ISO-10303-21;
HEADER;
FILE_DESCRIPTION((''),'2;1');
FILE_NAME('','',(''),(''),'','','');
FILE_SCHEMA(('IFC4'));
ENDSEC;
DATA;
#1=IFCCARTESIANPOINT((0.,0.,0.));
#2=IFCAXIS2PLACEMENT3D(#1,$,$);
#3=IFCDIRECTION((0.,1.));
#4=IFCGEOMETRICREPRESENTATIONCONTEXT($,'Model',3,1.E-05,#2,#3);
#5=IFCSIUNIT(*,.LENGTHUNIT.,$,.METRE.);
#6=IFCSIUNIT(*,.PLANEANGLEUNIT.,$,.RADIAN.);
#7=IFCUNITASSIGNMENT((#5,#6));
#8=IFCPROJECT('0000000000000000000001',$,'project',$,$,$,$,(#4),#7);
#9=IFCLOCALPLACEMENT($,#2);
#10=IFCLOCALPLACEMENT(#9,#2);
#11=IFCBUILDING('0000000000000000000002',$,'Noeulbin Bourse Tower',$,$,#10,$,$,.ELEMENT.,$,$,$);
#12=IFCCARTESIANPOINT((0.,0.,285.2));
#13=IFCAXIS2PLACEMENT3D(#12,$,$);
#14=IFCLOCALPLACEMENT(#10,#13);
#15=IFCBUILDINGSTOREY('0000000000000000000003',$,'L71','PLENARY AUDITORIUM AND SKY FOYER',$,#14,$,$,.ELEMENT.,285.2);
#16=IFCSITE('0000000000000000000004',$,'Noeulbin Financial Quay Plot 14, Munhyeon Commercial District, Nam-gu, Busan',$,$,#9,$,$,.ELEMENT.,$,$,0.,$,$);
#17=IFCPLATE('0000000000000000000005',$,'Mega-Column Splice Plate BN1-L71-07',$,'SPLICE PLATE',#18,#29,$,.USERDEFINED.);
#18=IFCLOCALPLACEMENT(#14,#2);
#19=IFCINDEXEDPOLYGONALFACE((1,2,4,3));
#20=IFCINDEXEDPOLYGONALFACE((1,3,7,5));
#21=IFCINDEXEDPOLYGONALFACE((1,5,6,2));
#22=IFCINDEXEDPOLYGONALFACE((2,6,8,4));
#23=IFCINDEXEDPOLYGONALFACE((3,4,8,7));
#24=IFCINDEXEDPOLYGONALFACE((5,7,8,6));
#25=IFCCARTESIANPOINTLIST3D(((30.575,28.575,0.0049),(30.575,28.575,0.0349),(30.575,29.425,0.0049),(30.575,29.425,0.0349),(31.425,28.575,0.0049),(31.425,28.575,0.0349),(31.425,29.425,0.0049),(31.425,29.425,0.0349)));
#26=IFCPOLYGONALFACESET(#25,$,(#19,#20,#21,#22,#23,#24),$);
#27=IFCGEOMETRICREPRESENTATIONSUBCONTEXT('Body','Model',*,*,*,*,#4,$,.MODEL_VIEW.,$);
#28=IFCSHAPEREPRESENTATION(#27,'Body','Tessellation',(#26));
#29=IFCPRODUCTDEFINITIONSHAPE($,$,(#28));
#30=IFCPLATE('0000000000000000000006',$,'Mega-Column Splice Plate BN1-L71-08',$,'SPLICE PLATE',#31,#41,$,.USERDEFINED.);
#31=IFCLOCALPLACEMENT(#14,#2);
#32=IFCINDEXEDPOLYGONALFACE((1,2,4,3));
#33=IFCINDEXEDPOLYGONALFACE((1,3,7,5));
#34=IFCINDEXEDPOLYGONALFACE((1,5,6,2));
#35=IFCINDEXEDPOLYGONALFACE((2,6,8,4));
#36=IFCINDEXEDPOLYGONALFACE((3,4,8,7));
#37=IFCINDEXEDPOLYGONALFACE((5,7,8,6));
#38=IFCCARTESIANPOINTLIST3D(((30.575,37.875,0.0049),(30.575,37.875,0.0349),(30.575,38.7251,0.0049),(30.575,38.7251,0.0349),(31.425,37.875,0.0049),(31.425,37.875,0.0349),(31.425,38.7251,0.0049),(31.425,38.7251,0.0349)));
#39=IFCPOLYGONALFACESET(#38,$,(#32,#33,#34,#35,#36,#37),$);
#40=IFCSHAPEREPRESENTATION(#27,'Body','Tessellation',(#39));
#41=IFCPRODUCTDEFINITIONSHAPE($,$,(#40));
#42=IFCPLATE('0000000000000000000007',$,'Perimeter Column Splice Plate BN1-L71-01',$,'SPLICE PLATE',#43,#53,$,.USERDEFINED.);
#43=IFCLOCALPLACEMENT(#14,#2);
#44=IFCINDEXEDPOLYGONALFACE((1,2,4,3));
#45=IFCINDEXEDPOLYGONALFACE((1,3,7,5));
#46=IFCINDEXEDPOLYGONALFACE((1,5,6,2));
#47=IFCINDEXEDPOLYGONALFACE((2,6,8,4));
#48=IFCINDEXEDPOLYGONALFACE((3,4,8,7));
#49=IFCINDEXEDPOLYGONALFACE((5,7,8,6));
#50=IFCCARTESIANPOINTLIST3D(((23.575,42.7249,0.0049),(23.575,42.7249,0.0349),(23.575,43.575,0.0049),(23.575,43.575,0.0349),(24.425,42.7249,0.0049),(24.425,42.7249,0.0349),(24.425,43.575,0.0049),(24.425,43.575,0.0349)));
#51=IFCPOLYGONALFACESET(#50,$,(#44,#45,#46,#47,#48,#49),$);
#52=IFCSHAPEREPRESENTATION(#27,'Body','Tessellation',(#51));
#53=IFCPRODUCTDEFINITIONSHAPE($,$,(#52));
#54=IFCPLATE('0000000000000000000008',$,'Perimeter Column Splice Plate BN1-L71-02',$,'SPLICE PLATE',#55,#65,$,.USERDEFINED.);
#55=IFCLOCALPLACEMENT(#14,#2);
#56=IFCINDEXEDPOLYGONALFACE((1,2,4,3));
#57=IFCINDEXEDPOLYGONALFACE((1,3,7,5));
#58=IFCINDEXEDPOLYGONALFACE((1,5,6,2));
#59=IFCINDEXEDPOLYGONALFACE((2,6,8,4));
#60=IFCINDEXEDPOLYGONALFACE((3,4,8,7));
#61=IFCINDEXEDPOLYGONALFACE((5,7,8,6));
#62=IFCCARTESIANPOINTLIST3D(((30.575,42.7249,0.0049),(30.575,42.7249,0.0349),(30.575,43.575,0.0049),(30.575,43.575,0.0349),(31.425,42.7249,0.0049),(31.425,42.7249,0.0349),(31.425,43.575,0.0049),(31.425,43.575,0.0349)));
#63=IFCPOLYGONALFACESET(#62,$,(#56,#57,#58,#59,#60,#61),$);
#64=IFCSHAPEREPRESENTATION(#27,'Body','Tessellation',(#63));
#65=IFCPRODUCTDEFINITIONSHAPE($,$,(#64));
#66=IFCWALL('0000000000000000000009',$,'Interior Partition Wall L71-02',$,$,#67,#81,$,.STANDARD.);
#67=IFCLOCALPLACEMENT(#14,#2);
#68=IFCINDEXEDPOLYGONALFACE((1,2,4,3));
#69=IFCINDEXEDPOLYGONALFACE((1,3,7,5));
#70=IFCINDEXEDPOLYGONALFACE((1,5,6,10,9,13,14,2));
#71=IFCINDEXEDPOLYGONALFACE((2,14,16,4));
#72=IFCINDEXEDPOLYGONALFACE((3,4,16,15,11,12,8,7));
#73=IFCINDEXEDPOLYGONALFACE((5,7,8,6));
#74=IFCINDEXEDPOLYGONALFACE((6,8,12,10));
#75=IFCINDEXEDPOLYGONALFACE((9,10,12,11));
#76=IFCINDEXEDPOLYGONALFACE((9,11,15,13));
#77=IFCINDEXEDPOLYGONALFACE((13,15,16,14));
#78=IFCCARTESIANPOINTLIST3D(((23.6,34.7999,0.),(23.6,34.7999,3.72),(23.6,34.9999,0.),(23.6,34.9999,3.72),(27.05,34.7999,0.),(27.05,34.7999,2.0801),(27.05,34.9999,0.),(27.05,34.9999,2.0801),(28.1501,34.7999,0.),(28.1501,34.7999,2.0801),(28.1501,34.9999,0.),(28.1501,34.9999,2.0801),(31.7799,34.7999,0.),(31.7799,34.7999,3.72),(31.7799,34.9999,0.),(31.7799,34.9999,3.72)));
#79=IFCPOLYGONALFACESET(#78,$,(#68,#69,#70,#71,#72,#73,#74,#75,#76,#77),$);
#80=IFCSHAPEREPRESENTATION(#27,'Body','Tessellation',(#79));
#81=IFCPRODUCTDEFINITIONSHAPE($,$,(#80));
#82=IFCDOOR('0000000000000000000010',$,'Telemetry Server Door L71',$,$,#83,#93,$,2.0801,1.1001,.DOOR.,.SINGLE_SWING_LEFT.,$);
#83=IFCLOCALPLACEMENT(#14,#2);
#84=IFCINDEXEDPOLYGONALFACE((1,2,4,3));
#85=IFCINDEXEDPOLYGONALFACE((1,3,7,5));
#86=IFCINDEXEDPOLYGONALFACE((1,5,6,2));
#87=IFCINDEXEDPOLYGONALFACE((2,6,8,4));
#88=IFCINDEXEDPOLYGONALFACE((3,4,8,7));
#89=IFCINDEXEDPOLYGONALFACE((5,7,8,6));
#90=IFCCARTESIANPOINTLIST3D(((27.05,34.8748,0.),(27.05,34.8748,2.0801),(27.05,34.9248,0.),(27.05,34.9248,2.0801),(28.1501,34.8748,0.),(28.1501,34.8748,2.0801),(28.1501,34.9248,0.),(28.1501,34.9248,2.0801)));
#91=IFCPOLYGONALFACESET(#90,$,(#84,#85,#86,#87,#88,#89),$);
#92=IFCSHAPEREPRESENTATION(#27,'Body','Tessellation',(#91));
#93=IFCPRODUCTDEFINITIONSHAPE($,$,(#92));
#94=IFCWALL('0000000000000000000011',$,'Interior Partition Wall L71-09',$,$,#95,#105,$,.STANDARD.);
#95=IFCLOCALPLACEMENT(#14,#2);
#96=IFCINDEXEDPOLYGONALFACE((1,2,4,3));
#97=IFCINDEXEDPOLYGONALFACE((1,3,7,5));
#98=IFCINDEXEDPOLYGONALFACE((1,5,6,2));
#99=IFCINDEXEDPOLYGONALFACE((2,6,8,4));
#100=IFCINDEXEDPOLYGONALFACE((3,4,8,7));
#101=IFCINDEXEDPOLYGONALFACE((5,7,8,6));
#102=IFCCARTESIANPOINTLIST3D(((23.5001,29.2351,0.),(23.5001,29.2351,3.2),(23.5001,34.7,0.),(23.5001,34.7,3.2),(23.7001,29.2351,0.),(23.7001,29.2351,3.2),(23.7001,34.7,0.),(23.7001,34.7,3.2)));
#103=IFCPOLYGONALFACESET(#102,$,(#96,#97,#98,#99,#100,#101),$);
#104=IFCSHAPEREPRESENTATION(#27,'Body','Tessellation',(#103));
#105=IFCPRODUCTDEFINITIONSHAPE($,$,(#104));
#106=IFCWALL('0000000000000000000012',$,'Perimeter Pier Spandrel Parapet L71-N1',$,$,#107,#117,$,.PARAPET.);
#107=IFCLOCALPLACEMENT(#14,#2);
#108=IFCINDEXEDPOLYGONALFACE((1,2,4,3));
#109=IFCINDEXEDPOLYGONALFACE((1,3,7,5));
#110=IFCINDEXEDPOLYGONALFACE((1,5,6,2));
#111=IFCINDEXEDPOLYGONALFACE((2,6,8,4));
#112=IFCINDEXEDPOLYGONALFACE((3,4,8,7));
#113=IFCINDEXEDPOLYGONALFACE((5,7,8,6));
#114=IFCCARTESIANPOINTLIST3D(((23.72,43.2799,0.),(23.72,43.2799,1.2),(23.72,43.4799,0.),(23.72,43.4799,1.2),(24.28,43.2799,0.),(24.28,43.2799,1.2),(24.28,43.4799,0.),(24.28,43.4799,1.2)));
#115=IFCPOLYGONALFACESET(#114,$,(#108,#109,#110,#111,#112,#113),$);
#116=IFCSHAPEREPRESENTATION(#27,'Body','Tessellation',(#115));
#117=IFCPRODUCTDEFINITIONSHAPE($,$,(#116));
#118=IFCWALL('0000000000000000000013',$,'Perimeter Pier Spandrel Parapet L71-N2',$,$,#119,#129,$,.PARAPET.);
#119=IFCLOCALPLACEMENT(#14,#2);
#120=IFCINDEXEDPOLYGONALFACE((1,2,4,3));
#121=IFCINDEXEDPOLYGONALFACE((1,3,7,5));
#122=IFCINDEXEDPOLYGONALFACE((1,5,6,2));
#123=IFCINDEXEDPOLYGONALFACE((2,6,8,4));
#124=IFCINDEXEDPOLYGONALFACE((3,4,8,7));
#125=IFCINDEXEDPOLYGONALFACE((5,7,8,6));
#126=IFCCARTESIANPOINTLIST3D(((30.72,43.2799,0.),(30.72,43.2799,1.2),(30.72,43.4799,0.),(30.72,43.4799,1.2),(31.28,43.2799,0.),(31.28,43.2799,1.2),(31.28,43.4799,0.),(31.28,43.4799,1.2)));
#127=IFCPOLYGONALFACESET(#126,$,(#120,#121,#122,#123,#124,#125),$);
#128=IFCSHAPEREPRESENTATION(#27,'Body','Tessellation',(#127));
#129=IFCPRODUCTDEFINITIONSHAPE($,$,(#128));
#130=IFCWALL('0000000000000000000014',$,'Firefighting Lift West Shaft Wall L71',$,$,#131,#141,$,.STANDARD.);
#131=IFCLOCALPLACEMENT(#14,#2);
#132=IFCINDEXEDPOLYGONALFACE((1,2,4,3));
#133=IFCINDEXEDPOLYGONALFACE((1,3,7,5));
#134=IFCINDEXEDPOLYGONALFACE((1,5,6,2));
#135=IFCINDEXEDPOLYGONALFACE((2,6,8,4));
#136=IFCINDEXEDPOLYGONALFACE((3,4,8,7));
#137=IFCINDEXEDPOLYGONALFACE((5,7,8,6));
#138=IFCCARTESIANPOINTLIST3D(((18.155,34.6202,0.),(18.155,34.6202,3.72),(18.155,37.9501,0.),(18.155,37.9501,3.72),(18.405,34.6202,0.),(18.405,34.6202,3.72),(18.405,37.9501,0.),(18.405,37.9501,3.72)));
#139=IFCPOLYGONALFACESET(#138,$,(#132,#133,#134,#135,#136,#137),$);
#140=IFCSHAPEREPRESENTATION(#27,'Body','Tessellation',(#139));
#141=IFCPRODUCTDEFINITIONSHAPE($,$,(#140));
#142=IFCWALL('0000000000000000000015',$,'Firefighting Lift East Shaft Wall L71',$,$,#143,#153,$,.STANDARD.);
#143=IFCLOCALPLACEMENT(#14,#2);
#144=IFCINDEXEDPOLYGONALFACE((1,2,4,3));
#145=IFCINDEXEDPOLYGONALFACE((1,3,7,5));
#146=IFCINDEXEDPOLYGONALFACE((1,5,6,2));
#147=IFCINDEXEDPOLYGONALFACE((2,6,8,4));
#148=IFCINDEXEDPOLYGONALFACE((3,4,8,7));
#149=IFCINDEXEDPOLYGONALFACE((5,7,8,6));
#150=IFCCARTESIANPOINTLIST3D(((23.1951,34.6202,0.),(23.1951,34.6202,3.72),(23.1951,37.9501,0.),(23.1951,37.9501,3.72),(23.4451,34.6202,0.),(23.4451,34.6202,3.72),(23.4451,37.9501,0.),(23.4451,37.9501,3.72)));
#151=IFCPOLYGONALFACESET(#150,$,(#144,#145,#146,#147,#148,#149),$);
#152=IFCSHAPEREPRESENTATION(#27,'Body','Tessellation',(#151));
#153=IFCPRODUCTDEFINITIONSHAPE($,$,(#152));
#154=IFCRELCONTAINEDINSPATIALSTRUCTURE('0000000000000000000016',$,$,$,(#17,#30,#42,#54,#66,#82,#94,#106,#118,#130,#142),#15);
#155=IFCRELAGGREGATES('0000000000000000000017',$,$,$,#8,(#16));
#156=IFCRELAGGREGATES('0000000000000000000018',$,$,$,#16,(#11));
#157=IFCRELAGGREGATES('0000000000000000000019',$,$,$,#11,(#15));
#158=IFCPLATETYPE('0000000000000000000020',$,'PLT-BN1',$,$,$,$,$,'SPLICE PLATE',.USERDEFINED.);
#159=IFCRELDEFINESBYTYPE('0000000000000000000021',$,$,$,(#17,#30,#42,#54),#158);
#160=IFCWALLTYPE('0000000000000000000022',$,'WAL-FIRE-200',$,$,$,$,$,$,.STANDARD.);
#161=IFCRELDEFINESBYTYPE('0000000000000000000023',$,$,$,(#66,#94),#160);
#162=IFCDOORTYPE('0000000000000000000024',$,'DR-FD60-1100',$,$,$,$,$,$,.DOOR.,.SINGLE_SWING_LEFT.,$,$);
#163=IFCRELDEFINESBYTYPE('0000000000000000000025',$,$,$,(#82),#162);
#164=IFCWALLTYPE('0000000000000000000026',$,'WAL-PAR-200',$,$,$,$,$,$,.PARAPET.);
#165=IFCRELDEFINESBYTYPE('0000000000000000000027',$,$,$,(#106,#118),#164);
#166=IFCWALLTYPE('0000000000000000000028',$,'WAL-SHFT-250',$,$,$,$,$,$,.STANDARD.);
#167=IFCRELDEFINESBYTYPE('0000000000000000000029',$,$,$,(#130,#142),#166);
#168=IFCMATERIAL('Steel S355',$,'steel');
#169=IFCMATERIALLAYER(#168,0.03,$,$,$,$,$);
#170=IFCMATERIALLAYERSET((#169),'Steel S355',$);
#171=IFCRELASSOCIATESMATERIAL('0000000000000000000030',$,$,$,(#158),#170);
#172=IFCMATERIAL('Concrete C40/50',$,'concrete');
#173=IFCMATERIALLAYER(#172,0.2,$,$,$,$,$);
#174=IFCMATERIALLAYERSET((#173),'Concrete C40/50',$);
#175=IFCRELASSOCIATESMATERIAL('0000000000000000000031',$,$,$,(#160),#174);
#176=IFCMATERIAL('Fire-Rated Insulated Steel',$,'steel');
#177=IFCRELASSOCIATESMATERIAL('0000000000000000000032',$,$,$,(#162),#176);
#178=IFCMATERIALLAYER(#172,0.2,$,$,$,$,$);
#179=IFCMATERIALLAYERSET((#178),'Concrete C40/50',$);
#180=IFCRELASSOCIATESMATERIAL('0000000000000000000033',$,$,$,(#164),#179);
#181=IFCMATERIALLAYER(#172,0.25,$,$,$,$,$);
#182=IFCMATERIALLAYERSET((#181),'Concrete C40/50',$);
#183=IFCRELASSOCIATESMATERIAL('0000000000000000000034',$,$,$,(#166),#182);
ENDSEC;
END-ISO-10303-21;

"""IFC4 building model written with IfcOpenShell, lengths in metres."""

from ifc_helpers import new_model, si_unit, direction, frame, frame_2d, origin, origin_2d, place, context, subcontext, project, spatial, rectangle, extrude, material, layer, layer_set, type_object, element, fill, save


model = new_model("IFC4")

# Units and contexts
model_context = context("Model", 3, precision=1e-05, world=origin(), true_north=direction((0.0, 1.0)))
body_context = subcontext(model_context, "Body", "Model", "MODEL_VIEW")
ifc_project = project(units=[si_unit("LENGTHUNIT", "METRE"), si_unit("PLANEANGLEUNIT", "RADIAN")], contexts=[model_context])

# Site, building, storey
site_placement = place(None, origin())
site = spatial("IfcSite", under=ifc_project, at=site_placement, Name="Noeulbin Financial Quay Plot 14, Munhyeon Commercial District, Nam-gu, Busan", CompositionType="ELEMENT", RefElevation=0.0)
building_placement = place(site_placement, origin())
building = spatial("IfcBuilding", under=site, at=building_placement, Name="Noeulbin Bourse Tower", CompositionType="ELEMENT")
storey_placement = place(building_placement, frame((0.0, 0.0, 285.2)))
storey = spatial("IfcBuildingStorey", under=building, at=storey_placement, Name="L71", Description="PLENARY AUDITORIUM AND SKY FOYER", CompositionType="ELEMENT", Elevation=285.2)

# Shared definitions
ifc_material_1 = material(Name="Steel S355", Category="steel")

# Plates
ifc_layer_1 = layer(ifc_material_1, 0.03)
ifc_layer_set_1 = layer_set([ifc_layer_1], Name="Steel S355")
plate_type_1 = type_object("IfcPlateType", Name="PLT-BN1", ElementType="SPLICE PLATE", PredefinedType="USERDEFINED", material=ifc_layer_set_1)
for number, where, z_axis, x_axis, name in (
    (1, (31.0, 29.0, 0.0049), (0.0, 0.0, 1.0), (1.0, 0.0, 0.0), "Mega-Column Splice Plate BN1-L71-07"),
    (2, (31.0, 38.3, 0.0049), (0.0, 0.0, 1.0), (1.0, 0.0, 0.0), "Mega-Column Splice Plate BN1-L71-08"),
    (3, (24.0, 43.1499, 0.0049), (0.0, 0.0, 1.0), (1.0, 0.0, 0.0), "Perimeter Column Splice Plate BN1-L71-01"),
    (4, (31.0, 43.1499, 0.0049), (0.0, 0.0, 1.0), (1.0, 0.0, 0.0), "Perimeter Column Splice Plate BN1-L71-02"),
):
    element("IfcPlate", number, at=place(storey_placement, frame(where, z_axis=z_axis, x_axis=x_axis)), inside=storey, type_object=plate_type_1, Name=name, ObjectType="SPLICE PLATE", PredefinedType="USERDEFINED", context=body_context, shape_type="SweptSolid", body=[
        extrude(rectangle(XDim=0.8501, YDim=0.8501, at=origin_2d()), origin(), (0.0, 0.0, 1.0), 0.03),
    ])

# Wall, opening, door
ifc_material_2 = material(Name="Concrete C40/50", Category="concrete")
ifc_layer_2 = layer(ifc_material_2, 0.2)
ifc_layer_set_2 = layer_set([ifc_layer_2], Name="Concrete C40/50")
wall_type_1 = type_object("IfcWallType", Name="WAL-FIRE-200", PredefinedType="STANDARD", material=ifc_layer_set_2)
wall_1_placement = place(storey_placement, frame((23.6001, 34.8999, 0.0), z_axis=(0.0, 0.0, 1.0), x_axis=(1.0, 0.0, 0.0)))
wall_1 = element("IfcWall", 5, at=wall_1_placement, inside=storey, type_object=wall_type_1, Name="Interior Partition Wall L71-02", PredefinedType="STANDARD", context=body_context, shape_type="SweptSolid", body=[
    extrude(rectangle(XDim=8.1799, YDim=0.2, at=frame_2d((4.0898, 0.0))), origin(), (0.0, 0.0, 1.0), 3.72),
])
opening_placement = place(wall_1_placement, frame((3.45, 0.0, 0.0)))
opening = element("IfcOpeningElement", 6, at=opening_placement, cuts=wall_1, PredefinedType="OPENING", context=body_context, shape_type="SweptSolid", body=[
    extrude(rectangle(XDim=1.1001, YDim=2.0801, at=frame_2d((0.55, 1.04))), frame((0.0, 0.1099, 0.0), z_axis=(0.0, -1.0, 0.0), x_axis=(1.0, 0.0, 0.0)), (0.0, 0.0, 1.0), 0.22),
])
ifc_material_3 = material(Name="Fire-Rated Insulated Steel", Category="steel")
door_type = type_object("IfcDoorType", Name="DR-FD60-1100", OperationType="SINGLE_SWING_LEFT", PredefinedType="DOOR", material=ifc_material_3)
door_placement = place(opening_placement, origin())
door = element("IfcDoor", 7, at=door_placement, inside=storey, type_object=door_type, Name="Telemetry Server Door L71", OperationType="SINGLE_SWING_LEFT", OverallHeight=2.0801, OverallWidth=1.1001, PredefinedType="DOOR", context=body_context, shape_type="SweptSolid", body=[
    extrude(rectangle(XDim=1.1001, YDim=2.0801, at=frame_2d((0.55, 1.04))), frame((0.0, 0.0249, 0.0), z_axis=(0.0, -1.0, 0.0), x_axis=(1.0, 0.0, 0.0)), (0.0, 0.0, 1.0), 0.05),
])
fill(opening, door)

# Walls
wall_2_placement = place(storey_placement, frame((23.6001, 29.2351, 0.0), z_axis=(0.0, 0.0, 1.0), x_axis=(0.0, 1.0, 0.0)))
element("IfcWall", 8, at=wall_2_placement, inside=storey, type_object=wall_type_1, Name="Interior Partition Wall L71-09", PredefinedType="STANDARD", context=body_context, shape_type="SweptSolid", body=[
    extrude(rectangle(XDim=5.4648, YDim=0.2, at=frame_2d((2.7324, 0.0))), origin(), (0.0, 0.0, 1.0), 3.2),
])
ifc_layer_3 = layer(ifc_material_2, 0.2)
ifc_layer_set_3 = layer_set([ifc_layer_3], Name="Concrete C40/50")
wall_type_2 = type_object("IfcWallType", Name="WAL-PAR-200", PredefinedType="PARAPET", material=ifc_layer_set_3)
for number, where, z_axis, x_axis, name in (
    (9, (23.72, 43.3799, 0.0), (0.0, 0.0, 1.0), (1.0, 0.0, 0.0), "Perimeter Pier Spandrel Parapet L71-N1"),
    (10, (30.72, 43.3799, 0.0), (0.0, 0.0, 1.0), (1.0, 0.0, 0.0), "Perimeter Pier Spandrel Parapet L71-N2"),
):
    element("IfcWall", number, at=place(storey_placement, frame(where, z_axis=z_axis, x_axis=x_axis)), inside=storey, type_object=wall_type_2, Name=name, PredefinedType="PARAPET", context=body_context, shape_type="SweptSolid", body=[
        extrude(rectangle(XDim=0.5601, YDim=0.2, at=frame_2d((0.28, 0.0))), origin(), (0.0, 0.0, 1.0), 1.2),
    ])
ifc_layer_4 = layer(ifc_material_2, 0.25)
ifc_layer_set_4 = layer_set([ifc_layer_4], Name="Concrete C40/50")
wall_type_3 = type_object("IfcWallType", Name="WAL-SHFT-250", PredefinedType="STANDARD", material=ifc_layer_set_4)
for number, where, z_axis, x_axis, name in (
    (11, (18.28, 34.6201, 0.0), (0.0, 0.0, 1.0), (0.0, 1.0, 0.0), "Firefighting Lift West Shaft Wall L71"),
    (12, (23.3201, 34.6201, 0.0), (0.0, 0.0, 1.0), (0.0, 1.0, 0.0), "Firefighting Lift East Shaft Wall L71"),
):
    element("IfcWall", number, at=place(storey_placement, frame(where, z_axis=z_axis, x_axis=x_axis)), inside=storey, type_object=wall_type_3, Name=name, PredefinedType="STANDARD", context=body_context, shape_type="SweptSolid", body=[
        extrude(rectangle(XDim=3.3298, YDim=0.25, at=frame_2d((1.665, 0.0))), origin(), (0.0, 0.0, 1.0), 3.72),
    ])

save(model, "model.ifc")
